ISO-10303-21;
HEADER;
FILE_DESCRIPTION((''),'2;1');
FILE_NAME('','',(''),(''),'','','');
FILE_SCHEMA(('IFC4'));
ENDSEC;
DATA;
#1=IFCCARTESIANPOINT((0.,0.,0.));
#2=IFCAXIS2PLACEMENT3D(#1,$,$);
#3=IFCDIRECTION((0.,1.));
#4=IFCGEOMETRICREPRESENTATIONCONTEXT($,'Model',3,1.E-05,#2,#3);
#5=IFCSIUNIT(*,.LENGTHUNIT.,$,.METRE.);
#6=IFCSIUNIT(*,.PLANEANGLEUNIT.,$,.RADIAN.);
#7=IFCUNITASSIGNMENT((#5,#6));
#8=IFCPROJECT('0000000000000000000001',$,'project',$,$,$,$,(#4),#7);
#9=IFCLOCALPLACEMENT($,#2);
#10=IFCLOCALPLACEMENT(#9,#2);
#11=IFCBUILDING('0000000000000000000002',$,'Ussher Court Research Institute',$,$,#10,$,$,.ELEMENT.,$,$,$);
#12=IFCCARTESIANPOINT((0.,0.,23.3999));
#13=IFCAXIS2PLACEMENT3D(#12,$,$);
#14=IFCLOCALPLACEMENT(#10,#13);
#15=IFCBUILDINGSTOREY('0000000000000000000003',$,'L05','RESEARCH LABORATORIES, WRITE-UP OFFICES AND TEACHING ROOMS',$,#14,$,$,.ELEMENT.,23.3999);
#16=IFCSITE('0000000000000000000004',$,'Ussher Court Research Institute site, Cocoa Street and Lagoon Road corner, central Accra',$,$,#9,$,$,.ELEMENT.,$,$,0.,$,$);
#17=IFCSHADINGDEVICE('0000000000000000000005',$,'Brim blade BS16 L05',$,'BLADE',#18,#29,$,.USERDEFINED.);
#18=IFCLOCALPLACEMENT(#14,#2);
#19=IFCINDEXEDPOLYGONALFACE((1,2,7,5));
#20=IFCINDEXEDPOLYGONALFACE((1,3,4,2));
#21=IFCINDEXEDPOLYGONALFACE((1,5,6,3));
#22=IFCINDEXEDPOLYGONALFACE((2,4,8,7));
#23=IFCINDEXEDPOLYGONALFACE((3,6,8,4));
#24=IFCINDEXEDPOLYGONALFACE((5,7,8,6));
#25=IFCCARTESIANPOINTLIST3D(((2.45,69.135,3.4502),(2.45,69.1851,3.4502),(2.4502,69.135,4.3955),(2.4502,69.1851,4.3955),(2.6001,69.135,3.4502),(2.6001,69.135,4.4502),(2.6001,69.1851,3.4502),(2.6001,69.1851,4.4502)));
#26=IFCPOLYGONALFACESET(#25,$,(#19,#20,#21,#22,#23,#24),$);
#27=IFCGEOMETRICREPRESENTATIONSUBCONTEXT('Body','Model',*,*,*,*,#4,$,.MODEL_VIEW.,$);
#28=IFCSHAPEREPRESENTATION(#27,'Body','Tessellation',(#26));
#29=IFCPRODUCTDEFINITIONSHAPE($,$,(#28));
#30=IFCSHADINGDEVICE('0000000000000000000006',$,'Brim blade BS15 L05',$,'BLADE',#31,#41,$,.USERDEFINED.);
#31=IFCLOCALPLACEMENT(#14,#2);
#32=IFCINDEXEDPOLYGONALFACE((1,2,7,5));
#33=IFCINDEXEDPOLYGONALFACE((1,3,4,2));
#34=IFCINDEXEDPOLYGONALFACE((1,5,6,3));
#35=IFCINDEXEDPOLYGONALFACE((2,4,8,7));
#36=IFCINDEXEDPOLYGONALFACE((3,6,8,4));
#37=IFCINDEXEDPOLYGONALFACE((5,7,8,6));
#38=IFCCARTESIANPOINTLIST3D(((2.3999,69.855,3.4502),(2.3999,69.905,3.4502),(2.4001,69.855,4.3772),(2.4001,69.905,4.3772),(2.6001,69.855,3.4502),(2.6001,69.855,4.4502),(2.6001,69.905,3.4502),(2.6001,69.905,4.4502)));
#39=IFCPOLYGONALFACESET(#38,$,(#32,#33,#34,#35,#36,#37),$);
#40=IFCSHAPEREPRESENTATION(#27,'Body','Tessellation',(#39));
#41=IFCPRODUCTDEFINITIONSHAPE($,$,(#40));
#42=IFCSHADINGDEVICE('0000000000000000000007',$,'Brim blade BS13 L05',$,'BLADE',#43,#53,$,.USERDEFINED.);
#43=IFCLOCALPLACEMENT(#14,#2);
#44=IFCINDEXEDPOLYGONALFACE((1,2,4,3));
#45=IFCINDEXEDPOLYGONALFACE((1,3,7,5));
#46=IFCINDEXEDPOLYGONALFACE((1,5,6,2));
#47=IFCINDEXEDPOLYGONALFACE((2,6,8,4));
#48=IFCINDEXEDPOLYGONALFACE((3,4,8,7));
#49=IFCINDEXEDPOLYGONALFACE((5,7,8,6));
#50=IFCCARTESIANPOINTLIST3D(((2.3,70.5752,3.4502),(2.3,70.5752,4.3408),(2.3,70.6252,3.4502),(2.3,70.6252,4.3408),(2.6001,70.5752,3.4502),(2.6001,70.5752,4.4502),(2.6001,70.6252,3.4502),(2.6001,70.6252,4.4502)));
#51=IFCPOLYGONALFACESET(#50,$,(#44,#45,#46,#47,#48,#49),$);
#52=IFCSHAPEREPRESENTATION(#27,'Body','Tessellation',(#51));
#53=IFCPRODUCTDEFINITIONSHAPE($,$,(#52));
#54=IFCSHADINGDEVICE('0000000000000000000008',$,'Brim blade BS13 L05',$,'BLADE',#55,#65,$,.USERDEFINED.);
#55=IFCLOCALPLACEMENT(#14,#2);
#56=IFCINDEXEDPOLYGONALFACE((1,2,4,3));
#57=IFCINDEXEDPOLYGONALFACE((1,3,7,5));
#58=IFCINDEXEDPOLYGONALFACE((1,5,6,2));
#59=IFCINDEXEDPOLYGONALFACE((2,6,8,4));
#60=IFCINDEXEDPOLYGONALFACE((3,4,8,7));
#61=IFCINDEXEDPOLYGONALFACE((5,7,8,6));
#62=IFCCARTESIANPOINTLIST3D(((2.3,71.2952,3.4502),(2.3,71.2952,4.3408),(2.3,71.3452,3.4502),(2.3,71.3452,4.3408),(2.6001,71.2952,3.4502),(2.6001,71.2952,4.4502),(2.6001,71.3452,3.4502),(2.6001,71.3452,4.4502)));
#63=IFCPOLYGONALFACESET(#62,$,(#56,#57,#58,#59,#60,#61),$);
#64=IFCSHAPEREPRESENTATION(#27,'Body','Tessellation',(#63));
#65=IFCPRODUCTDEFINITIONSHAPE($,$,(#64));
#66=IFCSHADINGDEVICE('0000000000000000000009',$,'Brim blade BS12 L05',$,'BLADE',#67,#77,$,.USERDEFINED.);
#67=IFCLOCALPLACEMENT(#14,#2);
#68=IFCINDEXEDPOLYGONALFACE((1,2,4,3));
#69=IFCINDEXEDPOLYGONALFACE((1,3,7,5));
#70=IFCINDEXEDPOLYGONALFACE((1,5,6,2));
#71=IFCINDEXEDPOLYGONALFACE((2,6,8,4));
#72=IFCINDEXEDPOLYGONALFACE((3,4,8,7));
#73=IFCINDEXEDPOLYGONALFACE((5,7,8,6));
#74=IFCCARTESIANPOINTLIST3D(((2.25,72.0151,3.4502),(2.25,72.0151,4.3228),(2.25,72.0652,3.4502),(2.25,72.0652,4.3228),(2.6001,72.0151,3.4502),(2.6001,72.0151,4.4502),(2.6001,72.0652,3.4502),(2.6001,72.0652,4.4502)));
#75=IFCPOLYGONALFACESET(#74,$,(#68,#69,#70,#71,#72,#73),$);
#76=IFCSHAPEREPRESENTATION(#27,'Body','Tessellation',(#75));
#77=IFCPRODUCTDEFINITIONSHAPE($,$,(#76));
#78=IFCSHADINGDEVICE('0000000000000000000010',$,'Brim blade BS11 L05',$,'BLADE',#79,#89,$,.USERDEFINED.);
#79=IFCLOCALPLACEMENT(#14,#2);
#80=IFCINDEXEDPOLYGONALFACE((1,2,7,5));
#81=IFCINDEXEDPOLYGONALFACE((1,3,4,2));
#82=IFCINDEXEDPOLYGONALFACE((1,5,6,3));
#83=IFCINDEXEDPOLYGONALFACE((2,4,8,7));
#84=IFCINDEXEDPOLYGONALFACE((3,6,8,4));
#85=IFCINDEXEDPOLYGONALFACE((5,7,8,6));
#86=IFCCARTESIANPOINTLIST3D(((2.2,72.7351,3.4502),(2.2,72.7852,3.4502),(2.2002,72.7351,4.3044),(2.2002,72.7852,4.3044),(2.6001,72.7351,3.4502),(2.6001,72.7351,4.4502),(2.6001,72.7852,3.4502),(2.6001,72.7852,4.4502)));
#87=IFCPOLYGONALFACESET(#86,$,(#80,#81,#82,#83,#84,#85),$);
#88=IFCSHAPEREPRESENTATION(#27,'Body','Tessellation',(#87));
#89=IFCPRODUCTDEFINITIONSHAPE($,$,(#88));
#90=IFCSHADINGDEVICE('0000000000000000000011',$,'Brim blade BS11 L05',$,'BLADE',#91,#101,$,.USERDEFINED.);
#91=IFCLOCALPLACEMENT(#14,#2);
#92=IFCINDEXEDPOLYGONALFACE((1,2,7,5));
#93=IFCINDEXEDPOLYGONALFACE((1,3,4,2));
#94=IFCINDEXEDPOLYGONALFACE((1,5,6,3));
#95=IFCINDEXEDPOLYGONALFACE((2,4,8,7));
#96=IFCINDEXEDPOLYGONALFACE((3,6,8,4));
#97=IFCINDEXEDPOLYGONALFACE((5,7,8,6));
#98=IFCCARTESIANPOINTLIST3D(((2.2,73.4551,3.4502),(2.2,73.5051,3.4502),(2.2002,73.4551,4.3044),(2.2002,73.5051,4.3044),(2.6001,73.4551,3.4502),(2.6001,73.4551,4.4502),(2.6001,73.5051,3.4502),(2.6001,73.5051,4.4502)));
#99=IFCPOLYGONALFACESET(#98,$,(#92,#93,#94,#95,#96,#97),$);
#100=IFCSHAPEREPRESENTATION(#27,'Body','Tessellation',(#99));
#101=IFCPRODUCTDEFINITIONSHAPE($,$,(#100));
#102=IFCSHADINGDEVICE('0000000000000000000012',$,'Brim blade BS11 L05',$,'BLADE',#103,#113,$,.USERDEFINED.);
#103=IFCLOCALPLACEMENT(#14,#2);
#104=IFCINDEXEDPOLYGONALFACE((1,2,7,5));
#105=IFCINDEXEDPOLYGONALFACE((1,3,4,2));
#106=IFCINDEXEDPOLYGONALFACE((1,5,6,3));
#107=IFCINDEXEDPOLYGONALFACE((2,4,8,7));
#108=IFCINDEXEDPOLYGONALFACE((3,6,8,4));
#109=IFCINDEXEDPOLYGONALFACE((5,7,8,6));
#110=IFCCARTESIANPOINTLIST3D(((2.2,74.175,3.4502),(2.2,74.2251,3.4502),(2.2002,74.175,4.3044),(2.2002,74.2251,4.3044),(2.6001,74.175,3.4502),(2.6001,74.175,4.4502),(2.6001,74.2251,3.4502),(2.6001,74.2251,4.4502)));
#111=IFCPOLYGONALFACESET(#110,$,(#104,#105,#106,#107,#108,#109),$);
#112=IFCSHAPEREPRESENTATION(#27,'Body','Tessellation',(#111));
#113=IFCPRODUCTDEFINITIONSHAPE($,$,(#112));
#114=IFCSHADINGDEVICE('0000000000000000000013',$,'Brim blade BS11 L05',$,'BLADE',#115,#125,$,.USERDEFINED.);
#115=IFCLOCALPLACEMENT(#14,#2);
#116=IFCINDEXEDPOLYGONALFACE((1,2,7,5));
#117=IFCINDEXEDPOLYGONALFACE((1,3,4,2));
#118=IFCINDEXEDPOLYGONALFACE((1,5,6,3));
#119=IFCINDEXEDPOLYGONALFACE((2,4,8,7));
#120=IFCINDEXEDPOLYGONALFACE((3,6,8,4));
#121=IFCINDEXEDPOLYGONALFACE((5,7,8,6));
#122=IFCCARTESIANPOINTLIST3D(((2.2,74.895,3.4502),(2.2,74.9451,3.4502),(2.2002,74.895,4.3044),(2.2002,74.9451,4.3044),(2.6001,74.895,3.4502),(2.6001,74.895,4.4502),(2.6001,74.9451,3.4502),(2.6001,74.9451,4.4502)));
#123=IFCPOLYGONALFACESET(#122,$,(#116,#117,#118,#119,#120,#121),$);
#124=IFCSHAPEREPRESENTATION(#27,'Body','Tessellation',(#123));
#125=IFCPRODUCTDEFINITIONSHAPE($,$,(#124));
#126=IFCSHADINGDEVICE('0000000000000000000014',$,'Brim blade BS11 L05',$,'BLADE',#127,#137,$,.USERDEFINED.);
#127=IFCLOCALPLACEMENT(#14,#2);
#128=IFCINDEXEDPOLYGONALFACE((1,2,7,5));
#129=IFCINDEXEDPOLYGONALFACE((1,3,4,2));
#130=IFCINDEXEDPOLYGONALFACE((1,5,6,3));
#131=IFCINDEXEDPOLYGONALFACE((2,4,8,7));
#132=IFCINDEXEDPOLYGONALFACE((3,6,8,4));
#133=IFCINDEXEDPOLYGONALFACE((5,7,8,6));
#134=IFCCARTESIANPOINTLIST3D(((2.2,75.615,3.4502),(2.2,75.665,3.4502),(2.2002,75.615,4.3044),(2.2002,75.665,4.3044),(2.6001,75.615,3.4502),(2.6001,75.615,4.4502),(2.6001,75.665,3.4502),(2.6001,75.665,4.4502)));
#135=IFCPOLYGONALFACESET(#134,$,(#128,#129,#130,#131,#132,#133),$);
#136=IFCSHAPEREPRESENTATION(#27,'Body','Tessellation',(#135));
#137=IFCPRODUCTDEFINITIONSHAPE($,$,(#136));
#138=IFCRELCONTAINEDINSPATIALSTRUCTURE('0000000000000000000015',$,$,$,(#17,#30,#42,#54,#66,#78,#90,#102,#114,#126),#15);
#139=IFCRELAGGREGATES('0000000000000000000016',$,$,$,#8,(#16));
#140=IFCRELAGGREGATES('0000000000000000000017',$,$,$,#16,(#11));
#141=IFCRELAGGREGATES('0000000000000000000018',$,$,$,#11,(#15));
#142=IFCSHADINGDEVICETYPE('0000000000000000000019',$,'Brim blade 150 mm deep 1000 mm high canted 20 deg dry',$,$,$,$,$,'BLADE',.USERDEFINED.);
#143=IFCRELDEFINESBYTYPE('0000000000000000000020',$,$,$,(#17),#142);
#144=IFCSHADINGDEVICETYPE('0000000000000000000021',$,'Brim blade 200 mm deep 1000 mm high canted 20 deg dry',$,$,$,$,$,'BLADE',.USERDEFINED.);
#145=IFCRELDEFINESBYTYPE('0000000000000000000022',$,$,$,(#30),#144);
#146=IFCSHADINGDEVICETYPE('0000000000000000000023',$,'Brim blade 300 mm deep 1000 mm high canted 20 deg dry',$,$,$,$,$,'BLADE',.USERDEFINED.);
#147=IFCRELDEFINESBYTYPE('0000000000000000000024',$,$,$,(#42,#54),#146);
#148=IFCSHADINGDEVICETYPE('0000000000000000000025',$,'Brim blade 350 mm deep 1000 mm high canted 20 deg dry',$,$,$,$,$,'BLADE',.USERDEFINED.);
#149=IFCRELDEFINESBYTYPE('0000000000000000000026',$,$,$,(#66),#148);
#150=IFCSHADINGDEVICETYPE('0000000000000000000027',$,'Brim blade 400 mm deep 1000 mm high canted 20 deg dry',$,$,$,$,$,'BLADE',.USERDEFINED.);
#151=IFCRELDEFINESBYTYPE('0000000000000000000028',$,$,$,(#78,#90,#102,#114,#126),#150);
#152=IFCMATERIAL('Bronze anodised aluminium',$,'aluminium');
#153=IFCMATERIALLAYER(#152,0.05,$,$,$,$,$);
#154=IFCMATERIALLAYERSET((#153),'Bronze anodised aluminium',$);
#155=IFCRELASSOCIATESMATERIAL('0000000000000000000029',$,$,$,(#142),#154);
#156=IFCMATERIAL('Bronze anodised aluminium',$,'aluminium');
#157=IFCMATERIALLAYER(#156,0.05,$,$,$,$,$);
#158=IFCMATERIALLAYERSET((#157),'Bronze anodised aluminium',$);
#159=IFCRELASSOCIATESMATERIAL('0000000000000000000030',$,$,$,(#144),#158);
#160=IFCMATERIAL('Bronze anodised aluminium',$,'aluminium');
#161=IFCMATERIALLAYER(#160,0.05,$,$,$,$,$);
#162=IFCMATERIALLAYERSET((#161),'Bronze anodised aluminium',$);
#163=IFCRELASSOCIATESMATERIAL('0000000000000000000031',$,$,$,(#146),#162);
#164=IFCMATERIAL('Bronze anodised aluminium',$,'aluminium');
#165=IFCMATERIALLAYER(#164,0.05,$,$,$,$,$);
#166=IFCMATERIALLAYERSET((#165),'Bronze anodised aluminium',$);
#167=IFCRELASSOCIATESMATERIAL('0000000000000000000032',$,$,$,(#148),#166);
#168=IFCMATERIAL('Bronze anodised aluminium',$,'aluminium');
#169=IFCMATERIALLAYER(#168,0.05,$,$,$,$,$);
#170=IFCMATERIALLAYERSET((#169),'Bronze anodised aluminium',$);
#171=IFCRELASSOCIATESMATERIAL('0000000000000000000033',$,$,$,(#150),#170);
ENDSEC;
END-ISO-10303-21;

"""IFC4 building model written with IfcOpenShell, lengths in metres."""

from ifc_helpers import new_model, si_unit, direction, frame, origin, place, context, subcontext, project, spatial, polyline, outline, extrude, material, layer, layer_set, type_object, element, save


model = new_model("IFC4")

# Units and contexts
model_context = context("Model", 3, precision=1e-05, world=origin(), true_north=direction((0.0, 1.0)))
body_context = subcontext(model_context, "Body", "Model", "MODEL_VIEW")
ifc_project = project(units=[si_unit("LENGTHUNIT", "METRE"), si_unit("PLANEANGLEUNIT", "RADIAN")], contexts=[model_context])

# Site, building, storey
site_placement = place(None, origin())
site = spatial("IfcSite", under=ifc_project, at=site_placement, Name="Ussher Court Research Institute site, Cocoa Street and Lagoon Road corner, central Accra", CompositionType="ELEMENT", RefElevation=0.0)
building_placement = place(site_placement, origin())
building = spatial("IfcBuilding", under=site, at=building_placement, Name="Ussher Court Research Institute", CompositionType="ELEMENT")
storey_placement = place(building_placement, frame((0.0, 0.0, 23.3999)))
storey = spatial("IfcBuildingStorey", under=building, at=storey_placement, Name="L05", Description="RESEARCH LABORATORIES, WRITE-UP OFFICES AND TEACHING ROOMS", CompositionType="ELEMENT", Elevation=23.3999)

# Shading devices
ifc_material_1 = material(Name="Bronze anodised aluminium", Category="aluminium")
ifc_layer_1 = layer(ifc_material_1, 0.05)
ifc_layer_set_1 = layer_set([ifc_layer_1], Name="Bronze anodised aluminium")
shading_device_type_1 = type_object("IfcShadingDeviceType", Name="Brim blade 150 mm deep 1000 mm high canted 20 deg dry", ElementType="BLADE", PredefinedType="USERDEFINED", material=ifc_layer_set_1)
shading_device_1_placement = place(storey_placement, frame((2.6001, 69.1599, 3.4502), z_axis=(0.0, 0.0, 1.0), x_axis=(-1.0, 0.0, 0.0)))
element("IfcShadingDevice", 1, at=shading_device_1_placement, inside=storey, type_object=shading_device_type_1, Name="Brim blade BS16 L05", ObjectType="BLADE", PredefinedType="USERDEFINED", context=body_context, shape_type="SweptSolid", body=[
    extrude(outline(polyline([(0.0, 0.0), (0.1501, 0.0), (0.1499, 0.9453), (0.0, 1.0), (0.0, 0.0)])), frame((0.0, 0.0249, 0.0), z_axis=(0.0, -1.0, 0.0), x_axis=(1.0, 0.0, 0.0)), (0.0, 0.0, 1.0), 0.05),
])
ifc_material_2 = material(Name="Bronze anodised aluminium", Category="aluminium")
ifc_layer_2 = layer(ifc_material_2, 0.05)
ifc_layer_set_2 = layer_set([ifc_layer_2], Name="Bronze anodised aluminium")
shading_device_type_2 = type_object("IfcShadingDeviceType", Name="Brim blade 200 mm deep 1000 mm high canted 20 deg dry", ElementType="BLADE", PredefinedType="USERDEFINED", material=ifc_layer_set_2)
shading_device_2_placement = place(storey_placement, frame((2.6001, 69.8799, 3.4502), z_axis=(0.0, 0.0, 1.0), x_axis=(-1.0, 0.0, 0.0)))
element("IfcShadingDevice", 2, at=shading_device_2_placement, inside=storey, type_object=shading_device_type_2, Name="Brim blade BS15 L05", ObjectType="BLADE", PredefinedType="USERDEFINED", context=body_context, shape_type="SweptSolid", body=[
    extrude(outline(polyline([(0.0, 0.0), (0.2002, 0.0), (0.2, 0.927), (0.0, 1.0), (0.0, 0.0)])), frame((0.0, 0.0249, 0.0), z_axis=(0.0, -1.0, 0.0), x_axis=(1.0, 0.0, 0.0)), (0.0, 0.0, 1.0), 0.05),
])
ifc_material_3 = material(Name="Bronze anodised aluminium", Category="aluminium")
ifc_layer_3 = layer(ifc_material_3, 0.05)
ifc_layer_set_3 = layer_set([ifc_layer_3], Name="Bronze anodised aluminium")
shading_device_type_3 = type_object("IfcShadingDeviceType", Name="Brim blade 300 mm deep 1000 mm high canted 20 deg dry", ElementType="BLADE", PredefinedType="USERDEFINED", material=ifc_layer_set_3)
for number, where, z_axis, x_axis, name in (
    (3, (2.6001, 70.6001, 3.4502), (0.0, 0.0, 1.0), (-1.0, 0.0, 0.0), "Brim blade BS13 L05"),
    (4, (2.6001, 71.3201, 3.4502), (0.0, 0.0, 1.0), (-1.0, 0.0, 0.0), "Brim blade BS13 L05"),
):
    element("IfcShadingDevice", number, at=place(storey_placement, frame(where, z_axis=z_axis, x_axis=x_axis)), inside=storey, type_object=shading_device_type_3, Name=name, ObjectType="BLADE", PredefinedType="USERDEFINED", context=body_context, shape_type="SweptSolid", body=[
        extrude(outline(polyline([(0.0, 0.0), (0.3, 0.0), (0.3, 0.8906), (0.0, 1.0), (0.0, 0.0)])), frame((0.0, 0.0249, 0.0), z_axis=(0.0, -1.0, 0.0), x_axis=(1.0, 0.0, 0.0)), (0.0, 0.0, 1.0), 0.05),
    ])
ifc_material_4 = material(Name="Bronze anodised aluminium", Category="aluminium")
ifc_layer_4 = layer(ifc_material_4, 0.05)
ifc_layer_set_4 = layer_set([ifc_layer_4], Name="Bronze anodised aluminium")
shading_device_type_4 = type_object("IfcShadingDeviceType", Name="Brim blade 350 mm deep 1000 mm high canted 20 deg dry", ElementType="BLADE", PredefinedType="USERDEFINED", material=ifc_layer_set_4)
shading_device_3_placement = place(storey_placement, frame((2.6001, 72.04, 3.4502), z_axis=(0.0, 0.0, 1.0), x_axis=(-1.0, 0.0, 0.0)))
element("IfcShadingDevice", 5, at=shading_device_3_placement, inside=storey, type_object=shading_device_type_4, Name="Brim blade BS12 L05", ObjectType="BLADE", PredefinedType="USERDEFINED", context=body_context, shape_type="SweptSolid", body=[
    extrude(outline(polyline([(0.0, 0.0), (0.3501, 0.0), (0.3501, 0.8726), (0.0, 1.0), (0.0, 0.0)])), frame((0.0, 0.0249, 0.0), z_axis=(0.0, -1.0, 0.0), x_axis=(1.0, 0.0, 0.0)), (0.0, 0.0, 1.0), 0.05),
])
ifc_material_5 = material(Name="Bronze anodised aluminium", Category="aluminium")
ifc_layer_5 = layer(ifc_material_5, 0.05)
ifc_layer_set_5 = layer_set([ifc_layer_5], Name="Bronze anodised aluminium")
shading_device_type_5 = type_object("IfcShadingDeviceType", Name="Brim blade 400 mm deep 1000 mm high canted 20 deg dry", ElementType="BLADE", PredefinedType="USERDEFINED", material=ifc_layer_set_5)
for number, where, z_axis, x_axis, name in (
    (6, (2.6001, 72.76, 3.4502), (0.0, 0.0, 1.0), (-1.0, 0.0, 0.0), "Brim blade BS11 L05"),
    (7, (2.6001, 73.48, 3.4502), (0.0, 0.0, 1.0), (-1.0, 0.0, 0.0), "Brim blade BS11 L05"),
    (8, (2.6001, 74.2, 3.4502), (0.0, 0.0, 1.0), (-1.0, 0.0, 0.0), "Brim blade BS11 L05"),
    (9, (2.6001, 74.9199, 3.4502), (0.0, 0.0, 1.0), (-1.0, 0.0, 0.0), "Brim blade BS11 L05"),
    (10, (2.6001, 75.6399, 3.4502), (0.0, 0.0, 1.0), (-1.0, 0.0, 0.0), "Brim blade BS11 L05"),
):
    element("IfcShadingDevice", number, at=place(storey_placement, frame(where, z_axis=z_axis, x_axis=x_axis)), inside=storey, type_object=shading_device_type_5, Name=name, ObjectType="BLADE", PredefinedType="USERDEFINED", context=body_context, shape_type="SweptSolid", body=[
        extrude(outline(polyline([(0.0, 0.0), (0.4001, 0.0), (0.3999, 0.8542), (0.0, 1.0), (0.0, 0.0)])), frame((0.0, 0.0249, 0.0), z_axis=(0.0, -1.0, 0.0), x_axis=(1.0, 0.0, 0.0)), (0.0, 0.0, 1.0), 0.05),
    ])

save(model, "model.ifc")
